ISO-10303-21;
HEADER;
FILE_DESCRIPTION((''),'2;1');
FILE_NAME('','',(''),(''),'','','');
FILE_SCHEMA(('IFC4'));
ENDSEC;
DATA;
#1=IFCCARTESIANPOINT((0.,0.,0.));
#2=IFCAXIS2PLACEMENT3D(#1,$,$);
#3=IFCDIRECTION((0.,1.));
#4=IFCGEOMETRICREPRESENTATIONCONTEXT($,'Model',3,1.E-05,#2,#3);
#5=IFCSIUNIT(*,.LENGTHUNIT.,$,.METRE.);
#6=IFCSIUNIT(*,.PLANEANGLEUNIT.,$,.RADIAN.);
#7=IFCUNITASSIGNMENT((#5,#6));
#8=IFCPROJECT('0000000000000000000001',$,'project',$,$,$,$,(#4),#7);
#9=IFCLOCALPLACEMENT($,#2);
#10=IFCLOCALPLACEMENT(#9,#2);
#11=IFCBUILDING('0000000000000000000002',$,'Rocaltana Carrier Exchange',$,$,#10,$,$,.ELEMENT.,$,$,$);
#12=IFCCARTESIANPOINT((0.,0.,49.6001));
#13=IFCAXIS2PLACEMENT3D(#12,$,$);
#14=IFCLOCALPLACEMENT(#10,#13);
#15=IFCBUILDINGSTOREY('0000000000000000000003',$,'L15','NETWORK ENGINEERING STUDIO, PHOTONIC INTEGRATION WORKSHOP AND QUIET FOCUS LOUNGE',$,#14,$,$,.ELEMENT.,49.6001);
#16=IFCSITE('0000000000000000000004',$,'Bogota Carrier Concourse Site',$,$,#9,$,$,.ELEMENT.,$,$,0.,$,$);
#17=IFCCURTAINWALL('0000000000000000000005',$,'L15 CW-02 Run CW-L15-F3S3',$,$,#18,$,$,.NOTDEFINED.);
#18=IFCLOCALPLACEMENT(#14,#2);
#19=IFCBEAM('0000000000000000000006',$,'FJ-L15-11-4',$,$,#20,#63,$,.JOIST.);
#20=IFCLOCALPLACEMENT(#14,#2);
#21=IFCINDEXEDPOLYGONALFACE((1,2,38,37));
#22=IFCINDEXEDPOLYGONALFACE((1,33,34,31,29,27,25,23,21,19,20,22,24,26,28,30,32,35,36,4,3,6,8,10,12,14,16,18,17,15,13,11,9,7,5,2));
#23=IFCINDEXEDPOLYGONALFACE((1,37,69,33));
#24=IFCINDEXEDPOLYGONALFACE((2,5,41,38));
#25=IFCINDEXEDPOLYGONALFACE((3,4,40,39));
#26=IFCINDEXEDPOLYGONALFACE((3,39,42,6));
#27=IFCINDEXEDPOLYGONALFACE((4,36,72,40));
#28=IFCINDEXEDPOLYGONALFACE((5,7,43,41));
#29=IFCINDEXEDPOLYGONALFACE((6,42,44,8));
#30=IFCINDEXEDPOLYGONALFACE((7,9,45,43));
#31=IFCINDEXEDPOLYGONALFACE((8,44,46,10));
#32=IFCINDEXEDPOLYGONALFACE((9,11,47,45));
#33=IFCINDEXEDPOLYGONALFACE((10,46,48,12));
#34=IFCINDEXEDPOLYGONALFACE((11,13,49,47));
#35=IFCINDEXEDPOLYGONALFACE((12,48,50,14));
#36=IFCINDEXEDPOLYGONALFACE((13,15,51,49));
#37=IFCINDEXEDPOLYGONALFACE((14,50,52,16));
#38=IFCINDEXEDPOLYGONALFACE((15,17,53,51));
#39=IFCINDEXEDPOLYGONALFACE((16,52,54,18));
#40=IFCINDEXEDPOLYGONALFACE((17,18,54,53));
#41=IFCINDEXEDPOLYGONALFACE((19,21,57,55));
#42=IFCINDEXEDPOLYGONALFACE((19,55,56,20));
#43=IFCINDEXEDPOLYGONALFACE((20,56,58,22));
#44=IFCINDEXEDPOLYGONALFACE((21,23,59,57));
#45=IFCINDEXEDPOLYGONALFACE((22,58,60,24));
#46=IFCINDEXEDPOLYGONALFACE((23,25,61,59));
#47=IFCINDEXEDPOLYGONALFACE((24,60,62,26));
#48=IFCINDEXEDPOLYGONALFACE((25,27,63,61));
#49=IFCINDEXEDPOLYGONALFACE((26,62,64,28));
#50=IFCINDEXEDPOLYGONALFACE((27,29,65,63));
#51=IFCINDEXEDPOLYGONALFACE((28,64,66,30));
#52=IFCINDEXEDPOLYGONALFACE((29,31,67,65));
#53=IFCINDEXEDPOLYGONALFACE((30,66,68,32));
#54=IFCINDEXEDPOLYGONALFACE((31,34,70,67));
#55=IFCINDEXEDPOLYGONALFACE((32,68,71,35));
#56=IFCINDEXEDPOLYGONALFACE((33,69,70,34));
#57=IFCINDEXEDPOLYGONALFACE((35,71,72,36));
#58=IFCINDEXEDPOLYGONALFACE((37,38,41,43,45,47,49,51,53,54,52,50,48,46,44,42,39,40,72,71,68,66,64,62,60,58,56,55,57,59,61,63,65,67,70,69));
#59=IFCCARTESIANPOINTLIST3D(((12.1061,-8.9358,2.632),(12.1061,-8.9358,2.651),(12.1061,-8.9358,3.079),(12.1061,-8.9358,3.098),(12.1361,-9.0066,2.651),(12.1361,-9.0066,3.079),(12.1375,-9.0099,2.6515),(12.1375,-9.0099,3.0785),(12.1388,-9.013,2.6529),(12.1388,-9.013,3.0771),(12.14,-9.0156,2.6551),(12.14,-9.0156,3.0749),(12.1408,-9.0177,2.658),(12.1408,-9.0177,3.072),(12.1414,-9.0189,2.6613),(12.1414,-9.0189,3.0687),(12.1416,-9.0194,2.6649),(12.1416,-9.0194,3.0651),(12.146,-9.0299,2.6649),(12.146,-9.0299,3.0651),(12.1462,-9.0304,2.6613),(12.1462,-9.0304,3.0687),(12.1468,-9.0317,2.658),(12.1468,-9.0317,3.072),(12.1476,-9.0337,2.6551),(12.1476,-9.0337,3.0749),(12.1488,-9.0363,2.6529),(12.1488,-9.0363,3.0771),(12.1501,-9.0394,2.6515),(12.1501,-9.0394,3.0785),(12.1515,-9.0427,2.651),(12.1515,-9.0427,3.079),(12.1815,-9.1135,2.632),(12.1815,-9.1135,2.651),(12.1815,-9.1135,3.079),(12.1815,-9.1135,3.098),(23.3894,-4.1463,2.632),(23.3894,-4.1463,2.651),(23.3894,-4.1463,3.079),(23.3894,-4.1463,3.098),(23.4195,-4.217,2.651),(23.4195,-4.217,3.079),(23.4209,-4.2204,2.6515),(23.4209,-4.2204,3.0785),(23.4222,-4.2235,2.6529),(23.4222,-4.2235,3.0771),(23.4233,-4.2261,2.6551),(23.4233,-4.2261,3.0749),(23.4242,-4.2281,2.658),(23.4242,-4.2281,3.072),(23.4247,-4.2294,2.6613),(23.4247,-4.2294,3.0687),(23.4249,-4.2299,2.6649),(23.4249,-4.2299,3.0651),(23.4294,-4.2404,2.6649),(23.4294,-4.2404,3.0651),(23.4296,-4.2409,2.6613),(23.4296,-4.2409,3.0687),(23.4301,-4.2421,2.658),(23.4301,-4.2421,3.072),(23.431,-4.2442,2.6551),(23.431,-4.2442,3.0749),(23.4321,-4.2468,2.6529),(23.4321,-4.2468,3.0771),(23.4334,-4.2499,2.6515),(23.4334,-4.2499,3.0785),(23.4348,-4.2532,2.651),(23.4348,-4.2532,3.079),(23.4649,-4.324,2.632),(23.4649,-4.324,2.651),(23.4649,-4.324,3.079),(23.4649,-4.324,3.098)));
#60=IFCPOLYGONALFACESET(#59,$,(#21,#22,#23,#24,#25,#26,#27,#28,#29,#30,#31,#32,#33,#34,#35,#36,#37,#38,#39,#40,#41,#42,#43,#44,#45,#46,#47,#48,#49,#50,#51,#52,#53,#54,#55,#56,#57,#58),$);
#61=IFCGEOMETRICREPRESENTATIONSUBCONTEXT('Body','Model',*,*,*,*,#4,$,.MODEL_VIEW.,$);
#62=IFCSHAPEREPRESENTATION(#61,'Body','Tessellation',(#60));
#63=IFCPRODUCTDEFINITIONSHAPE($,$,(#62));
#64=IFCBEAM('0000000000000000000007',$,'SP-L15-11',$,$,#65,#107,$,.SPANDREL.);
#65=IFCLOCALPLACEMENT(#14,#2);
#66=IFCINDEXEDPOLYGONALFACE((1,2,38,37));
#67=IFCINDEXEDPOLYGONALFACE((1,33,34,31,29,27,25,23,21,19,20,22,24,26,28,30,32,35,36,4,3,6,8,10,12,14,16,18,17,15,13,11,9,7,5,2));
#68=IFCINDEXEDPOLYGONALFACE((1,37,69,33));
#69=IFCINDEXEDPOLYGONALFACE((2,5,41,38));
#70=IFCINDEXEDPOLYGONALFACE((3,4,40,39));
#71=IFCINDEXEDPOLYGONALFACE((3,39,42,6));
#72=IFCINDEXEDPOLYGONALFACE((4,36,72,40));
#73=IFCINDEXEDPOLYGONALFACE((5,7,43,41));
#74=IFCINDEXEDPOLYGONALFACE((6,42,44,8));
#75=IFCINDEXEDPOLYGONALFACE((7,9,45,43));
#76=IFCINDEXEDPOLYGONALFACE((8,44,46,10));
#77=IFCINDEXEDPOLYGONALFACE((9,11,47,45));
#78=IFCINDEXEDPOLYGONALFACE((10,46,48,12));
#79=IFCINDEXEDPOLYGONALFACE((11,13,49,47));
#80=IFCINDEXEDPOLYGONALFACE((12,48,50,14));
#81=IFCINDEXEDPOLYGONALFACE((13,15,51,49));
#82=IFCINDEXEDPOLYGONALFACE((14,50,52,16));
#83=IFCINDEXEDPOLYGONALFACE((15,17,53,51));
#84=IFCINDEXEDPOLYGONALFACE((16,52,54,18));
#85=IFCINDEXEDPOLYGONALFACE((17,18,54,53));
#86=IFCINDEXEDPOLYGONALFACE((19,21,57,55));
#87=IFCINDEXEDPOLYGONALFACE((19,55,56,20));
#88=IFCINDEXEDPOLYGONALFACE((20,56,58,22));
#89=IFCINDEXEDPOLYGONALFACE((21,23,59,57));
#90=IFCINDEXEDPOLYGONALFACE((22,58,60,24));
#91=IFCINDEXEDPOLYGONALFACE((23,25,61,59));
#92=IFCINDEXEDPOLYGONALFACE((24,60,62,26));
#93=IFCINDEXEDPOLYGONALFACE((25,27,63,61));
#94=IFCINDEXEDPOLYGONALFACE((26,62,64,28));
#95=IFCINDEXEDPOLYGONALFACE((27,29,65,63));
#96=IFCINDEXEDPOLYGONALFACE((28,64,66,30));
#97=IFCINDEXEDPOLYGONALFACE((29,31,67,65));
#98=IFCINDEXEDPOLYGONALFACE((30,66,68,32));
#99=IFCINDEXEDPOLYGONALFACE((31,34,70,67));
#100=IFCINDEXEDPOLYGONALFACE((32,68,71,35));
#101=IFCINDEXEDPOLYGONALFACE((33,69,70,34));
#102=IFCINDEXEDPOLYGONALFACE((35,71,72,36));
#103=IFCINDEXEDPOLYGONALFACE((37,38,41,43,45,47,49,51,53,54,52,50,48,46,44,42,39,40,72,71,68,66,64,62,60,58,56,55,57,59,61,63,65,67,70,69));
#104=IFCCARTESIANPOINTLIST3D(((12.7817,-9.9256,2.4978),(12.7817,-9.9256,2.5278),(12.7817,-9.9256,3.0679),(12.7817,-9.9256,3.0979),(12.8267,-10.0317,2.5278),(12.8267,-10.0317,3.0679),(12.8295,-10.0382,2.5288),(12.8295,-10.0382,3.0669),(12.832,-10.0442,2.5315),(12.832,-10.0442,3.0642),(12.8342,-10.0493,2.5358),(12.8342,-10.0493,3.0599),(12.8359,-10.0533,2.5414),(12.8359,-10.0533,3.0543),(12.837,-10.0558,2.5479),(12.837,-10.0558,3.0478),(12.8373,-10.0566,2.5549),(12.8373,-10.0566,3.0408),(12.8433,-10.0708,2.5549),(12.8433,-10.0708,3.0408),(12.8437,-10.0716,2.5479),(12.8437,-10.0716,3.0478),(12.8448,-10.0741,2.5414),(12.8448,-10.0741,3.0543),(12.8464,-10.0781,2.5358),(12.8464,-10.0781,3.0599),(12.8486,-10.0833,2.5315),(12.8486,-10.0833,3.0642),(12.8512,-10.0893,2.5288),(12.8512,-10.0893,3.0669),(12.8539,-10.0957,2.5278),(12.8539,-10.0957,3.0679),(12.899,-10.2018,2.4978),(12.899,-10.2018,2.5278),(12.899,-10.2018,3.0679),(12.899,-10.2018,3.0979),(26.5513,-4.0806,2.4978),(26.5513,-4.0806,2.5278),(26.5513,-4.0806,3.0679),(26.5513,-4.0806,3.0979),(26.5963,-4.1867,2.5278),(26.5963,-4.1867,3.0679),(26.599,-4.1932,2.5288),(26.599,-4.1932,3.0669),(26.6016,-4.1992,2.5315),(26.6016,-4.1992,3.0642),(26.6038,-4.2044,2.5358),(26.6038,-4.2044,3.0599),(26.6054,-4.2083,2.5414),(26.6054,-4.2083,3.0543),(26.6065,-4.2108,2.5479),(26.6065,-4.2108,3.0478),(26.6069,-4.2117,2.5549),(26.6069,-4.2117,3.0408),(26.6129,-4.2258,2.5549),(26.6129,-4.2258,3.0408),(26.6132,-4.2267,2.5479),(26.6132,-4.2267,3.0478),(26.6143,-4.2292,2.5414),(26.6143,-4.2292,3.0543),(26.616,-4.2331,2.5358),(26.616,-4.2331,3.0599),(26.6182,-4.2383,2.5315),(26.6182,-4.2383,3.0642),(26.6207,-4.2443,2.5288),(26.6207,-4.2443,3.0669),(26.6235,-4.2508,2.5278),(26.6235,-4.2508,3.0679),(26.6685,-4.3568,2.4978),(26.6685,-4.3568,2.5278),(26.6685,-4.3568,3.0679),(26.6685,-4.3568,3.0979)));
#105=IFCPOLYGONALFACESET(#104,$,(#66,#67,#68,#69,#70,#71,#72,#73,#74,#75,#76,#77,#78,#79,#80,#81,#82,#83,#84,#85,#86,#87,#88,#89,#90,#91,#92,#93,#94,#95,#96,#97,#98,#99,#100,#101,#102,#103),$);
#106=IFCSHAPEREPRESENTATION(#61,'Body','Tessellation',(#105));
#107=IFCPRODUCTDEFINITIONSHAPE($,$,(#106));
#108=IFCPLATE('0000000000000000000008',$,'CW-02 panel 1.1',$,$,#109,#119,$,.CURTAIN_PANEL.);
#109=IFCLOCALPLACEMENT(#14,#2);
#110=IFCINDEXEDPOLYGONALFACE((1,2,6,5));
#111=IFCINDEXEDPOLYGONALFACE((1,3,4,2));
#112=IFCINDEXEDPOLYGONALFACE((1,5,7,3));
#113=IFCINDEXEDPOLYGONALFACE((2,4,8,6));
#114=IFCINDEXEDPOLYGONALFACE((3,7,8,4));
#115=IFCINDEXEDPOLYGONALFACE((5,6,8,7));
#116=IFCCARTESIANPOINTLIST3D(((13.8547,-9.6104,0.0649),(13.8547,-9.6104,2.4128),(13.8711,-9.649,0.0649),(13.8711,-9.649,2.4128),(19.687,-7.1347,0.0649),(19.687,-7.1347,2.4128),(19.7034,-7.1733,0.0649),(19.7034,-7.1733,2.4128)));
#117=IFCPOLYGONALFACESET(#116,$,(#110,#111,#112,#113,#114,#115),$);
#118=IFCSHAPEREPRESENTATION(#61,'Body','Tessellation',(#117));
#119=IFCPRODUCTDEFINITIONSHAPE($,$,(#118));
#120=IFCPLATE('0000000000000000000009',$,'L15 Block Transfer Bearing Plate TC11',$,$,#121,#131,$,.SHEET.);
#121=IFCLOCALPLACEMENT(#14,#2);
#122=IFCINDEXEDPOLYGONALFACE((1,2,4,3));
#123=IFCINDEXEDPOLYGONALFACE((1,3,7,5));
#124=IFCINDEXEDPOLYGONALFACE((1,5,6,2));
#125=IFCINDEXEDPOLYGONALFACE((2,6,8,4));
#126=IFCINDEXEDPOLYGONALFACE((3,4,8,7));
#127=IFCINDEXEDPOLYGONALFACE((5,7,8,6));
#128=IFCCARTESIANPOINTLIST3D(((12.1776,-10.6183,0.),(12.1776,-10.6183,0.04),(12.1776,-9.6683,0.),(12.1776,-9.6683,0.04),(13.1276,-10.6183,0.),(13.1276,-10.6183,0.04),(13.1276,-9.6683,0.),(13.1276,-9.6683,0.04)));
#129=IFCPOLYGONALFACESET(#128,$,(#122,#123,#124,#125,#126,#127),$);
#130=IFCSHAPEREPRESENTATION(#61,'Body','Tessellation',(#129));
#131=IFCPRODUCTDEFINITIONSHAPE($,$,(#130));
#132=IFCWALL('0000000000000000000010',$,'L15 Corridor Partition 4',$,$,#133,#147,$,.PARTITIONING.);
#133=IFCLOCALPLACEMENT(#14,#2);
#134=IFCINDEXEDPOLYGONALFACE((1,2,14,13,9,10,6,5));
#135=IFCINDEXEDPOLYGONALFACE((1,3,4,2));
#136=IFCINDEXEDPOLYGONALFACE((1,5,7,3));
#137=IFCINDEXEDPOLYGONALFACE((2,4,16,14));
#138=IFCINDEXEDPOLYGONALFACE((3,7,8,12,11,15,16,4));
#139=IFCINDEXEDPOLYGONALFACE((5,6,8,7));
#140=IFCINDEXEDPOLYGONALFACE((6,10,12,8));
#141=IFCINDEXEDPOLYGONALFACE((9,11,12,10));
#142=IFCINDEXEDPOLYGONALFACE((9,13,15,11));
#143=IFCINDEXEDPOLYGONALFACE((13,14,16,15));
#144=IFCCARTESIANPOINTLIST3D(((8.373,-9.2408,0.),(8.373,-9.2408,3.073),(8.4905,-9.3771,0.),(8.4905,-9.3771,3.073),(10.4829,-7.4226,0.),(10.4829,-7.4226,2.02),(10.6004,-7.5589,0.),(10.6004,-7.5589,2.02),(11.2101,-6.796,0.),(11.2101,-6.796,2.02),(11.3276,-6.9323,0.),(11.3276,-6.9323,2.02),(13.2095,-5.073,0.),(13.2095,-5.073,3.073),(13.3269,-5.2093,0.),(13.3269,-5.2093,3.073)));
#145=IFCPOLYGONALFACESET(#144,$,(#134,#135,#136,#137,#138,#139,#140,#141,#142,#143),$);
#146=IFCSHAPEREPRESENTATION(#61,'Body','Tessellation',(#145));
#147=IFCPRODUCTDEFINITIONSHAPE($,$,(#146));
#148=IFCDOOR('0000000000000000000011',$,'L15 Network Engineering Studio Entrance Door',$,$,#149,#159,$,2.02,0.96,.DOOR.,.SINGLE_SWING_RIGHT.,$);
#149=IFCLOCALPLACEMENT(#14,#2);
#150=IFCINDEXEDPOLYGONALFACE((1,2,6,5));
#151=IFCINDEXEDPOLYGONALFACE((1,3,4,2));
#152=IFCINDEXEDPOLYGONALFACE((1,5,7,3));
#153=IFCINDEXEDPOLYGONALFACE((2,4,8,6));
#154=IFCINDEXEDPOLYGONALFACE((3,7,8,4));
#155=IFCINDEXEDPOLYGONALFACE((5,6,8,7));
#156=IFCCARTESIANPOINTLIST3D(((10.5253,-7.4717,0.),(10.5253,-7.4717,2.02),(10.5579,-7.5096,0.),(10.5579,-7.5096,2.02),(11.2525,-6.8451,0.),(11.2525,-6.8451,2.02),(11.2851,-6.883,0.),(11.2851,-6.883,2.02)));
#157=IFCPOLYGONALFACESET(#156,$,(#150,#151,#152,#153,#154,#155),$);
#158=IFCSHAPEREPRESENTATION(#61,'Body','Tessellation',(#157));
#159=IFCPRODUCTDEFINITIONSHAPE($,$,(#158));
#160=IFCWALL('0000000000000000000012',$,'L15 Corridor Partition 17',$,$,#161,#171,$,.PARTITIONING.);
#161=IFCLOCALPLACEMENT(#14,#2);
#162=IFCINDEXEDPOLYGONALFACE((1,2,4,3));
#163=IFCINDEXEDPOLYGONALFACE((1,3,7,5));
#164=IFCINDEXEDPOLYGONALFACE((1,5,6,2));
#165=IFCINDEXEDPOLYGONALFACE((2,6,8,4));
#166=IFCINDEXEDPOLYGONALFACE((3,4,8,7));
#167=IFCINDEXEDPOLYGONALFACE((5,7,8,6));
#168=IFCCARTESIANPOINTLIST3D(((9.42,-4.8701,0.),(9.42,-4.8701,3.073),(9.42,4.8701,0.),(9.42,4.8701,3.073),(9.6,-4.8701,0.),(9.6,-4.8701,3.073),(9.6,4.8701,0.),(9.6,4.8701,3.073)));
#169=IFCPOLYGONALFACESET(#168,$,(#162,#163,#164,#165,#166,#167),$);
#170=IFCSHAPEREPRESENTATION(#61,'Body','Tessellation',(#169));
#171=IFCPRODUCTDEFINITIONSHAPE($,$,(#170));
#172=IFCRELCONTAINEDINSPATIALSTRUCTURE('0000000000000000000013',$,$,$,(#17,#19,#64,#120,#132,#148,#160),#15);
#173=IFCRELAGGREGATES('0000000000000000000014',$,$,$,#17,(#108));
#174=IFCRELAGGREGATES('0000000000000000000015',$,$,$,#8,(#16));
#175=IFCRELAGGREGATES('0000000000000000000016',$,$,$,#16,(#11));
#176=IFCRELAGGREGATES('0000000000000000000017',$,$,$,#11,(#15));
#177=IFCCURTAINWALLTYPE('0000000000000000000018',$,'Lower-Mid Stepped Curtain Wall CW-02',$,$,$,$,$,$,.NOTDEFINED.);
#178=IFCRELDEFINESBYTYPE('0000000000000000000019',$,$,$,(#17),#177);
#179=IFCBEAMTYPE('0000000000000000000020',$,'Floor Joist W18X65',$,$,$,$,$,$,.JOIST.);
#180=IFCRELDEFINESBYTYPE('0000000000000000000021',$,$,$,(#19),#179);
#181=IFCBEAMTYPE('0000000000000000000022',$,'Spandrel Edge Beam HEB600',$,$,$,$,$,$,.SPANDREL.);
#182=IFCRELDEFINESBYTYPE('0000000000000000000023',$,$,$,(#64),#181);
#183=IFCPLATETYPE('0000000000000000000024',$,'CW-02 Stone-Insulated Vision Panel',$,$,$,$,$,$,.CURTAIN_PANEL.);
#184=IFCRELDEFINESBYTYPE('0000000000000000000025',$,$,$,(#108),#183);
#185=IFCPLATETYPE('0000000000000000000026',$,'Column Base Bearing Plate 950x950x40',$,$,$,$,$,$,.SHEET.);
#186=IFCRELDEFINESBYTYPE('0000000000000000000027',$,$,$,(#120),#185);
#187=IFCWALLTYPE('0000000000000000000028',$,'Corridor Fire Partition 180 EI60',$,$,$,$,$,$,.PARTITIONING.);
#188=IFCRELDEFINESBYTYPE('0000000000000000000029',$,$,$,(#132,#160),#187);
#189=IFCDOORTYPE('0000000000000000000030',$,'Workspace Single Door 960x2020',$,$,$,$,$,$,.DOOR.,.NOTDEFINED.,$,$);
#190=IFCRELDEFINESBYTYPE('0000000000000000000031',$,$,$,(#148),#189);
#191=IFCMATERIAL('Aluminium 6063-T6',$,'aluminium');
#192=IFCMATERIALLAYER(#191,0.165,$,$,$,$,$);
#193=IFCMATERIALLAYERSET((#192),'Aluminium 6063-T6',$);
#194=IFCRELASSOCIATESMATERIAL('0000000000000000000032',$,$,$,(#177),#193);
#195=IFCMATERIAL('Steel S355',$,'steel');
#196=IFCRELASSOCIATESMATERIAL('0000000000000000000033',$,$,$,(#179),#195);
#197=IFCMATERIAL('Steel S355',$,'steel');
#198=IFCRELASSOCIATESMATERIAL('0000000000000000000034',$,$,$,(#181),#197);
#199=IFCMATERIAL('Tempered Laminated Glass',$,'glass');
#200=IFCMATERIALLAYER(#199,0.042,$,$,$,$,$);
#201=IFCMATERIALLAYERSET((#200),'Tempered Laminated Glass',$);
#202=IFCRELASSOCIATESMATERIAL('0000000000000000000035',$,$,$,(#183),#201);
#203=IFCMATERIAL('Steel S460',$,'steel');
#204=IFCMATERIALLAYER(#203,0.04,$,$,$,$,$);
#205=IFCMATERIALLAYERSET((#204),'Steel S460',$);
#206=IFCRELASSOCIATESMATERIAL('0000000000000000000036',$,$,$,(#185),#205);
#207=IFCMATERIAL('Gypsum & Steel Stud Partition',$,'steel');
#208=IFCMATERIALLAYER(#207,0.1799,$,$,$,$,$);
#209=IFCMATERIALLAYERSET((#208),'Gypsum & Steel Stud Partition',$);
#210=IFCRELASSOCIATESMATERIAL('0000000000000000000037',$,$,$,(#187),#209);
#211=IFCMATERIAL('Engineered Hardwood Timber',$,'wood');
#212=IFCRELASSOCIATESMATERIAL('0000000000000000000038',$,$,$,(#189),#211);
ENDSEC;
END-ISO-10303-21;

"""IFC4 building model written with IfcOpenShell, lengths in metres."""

from ifc_helpers import new_model, si_unit, direction, frame, frame_2d, origin, origin_2d, place, context, subcontext, project, spatial, rectangle, i_section, extrude, material, layer, layer_set, material_profile, profile_set, type_object, element, fill, aggregate, save


model = new_model("IFC4")

# Units and contexts
model_context = context("Model", 3, precision=1e-05, world=origin(), true_north=direction((0.0, 1.0)))
body_context = subcontext(model_context, "Body", "Model", "MODEL_VIEW")
ifc_project = project(units=[si_unit("LENGTHUNIT", "METRE"), si_unit("PLANEANGLEUNIT", "RADIAN")], contexts=[model_context])

# Site, building, storey
site_placement = place(None, origin())
site = spatial("IfcSite", under=ifc_project, at=site_placement, Name="Bogota Carrier Concourse Site", CompositionType="ELEMENT", RefElevation=0.0)
building_placement = place(site_placement, origin())
building = spatial("IfcBuilding", under=site, at=building_placement, Name="Rocaltana Carrier Exchange", CompositionType="ELEMENT")
storey_placement = place(building_placement, frame((0.0, 0.0, 49.6001)))
storey = spatial("IfcBuildingStorey", under=building, at=storey_placement, Name="L15", Description="NETWORK ENGINEERING STUDIO, PHOTONIC INTEGRATION WORKSHOP AND QUIET FOCUS LOUNGE", CompositionType="ELEMENT", Elevation=49.6001)

# Shared definitions
ifc_material_1 = material(Name="Aluminium 6063-T6", Category="aluminium")
ifc_layer_1 = layer(ifc_material_1, 0.165)
ifc_layer_set_1 = layer_set([ifc_layer_1], Name="Aluminium 6063-T6")
curtain_wall_type = type_object("IfcCurtainWallType", Name="Lower-Mid Stepped Curtain Wall CW-02", PredefinedType="NOTDEFINED", material=ifc_layer_set_1)

# Curtain wall
curtain_wall_1_placement = place(storey_placement, origin())
curtain_wall_1 = element("IfcCurtainWall", 1, at=curtain_wall_1_placement, inside=storey, type_object=curtain_wall_type, Name="L15 CW-02 Run CW-L15-F3S3", PredefinedType="NOTDEFINED")

# Beams
ifc_material_2 = material(Name="Steel S355", Category="steel")
ifc_material_profile_1 = material_profile(ifc_material_2, i_section(OverallWidth=0.1931, OverallDepth=0.4661, WebThickness=0.0115, FlangeThickness=0.019, FilletRadius=0.0139, at=origin_2d()), Name="W18X65")
ifc_profile_set_1 = profile_set([ifc_material_profile_1], Name="Steel S355")
beam_type_1 = type_object("IfcBeamType", Name="Floor Joist W18X65", PredefinedType="JOIST", material=ifc_profile_set_1)
beam_1_placement = place(storey_placement, frame((12.1438, -9.0247, 2.865), z_axis=(0.920505, 0.390732, 0.0), x_axis=(-0.390732, 0.920505, 0.0)))
element("IfcBeam", 2, at=beam_1_placement, inside=storey, type_object=beam_type_1, Name="FJ-L15-11-4", PredefinedType="JOIST", context=body_context, shape_type="SweptSolid", body=[
    extrude(i_section(OverallWidth=0.1931, OverallDepth=0.4661, WebThickness=0.0115, FlangeThickness=0.019, FilletRadius=0.0139, at=origin_2d()), origin(), (0.0, 0.0, 1.0), 12.2578),
])
ifc_material_3 = material(Name="Steel S355", Category="steel")
ifc_material_profile_2 = material_profile(ifc_material_3, i_section(OverallWidth=0.3, OverallDepth=0.6001, WebThickness=0.0154, FlangeThickness=0.03, FilletRadius=0.0271, at=origin_2d()), Name="HEB600")
ifc_profile_set_2 = profile_set([ifc_material_profile_2], Name="Steel S355")
beam_type_2 = type_object("IfcBeamType", Name="Spandrel Edge Beam HEB600", PredefinedType="SPANDREL", material=ifc_profile_set_2)
beam_2_placement = place(storey_placement, frame((12.8403, -10.0637, 2.7979), z_axis=(0.920501, 0.39074, 0.0), x_axis=(-0.39074, 0.920501, 0.0)))
element("IfcBeam", 3, at=beam_2_placement, inside=storey, type_object=beam_type_2, Name="SP-L15-11", PredefinedType="SPANDREL", context=body_context, shape_type="SweptSolid", body=[
    extrude(i_section(OverallWidth=0.3, OverallDepth=0.6001, WebThickness=0.0154, FlangeThickness=0.03, FilletRadius=0.0271, at=origin_2d()), origin(), (0.0, 0.0, 1.0), 14.9587),
])

# Plates
ifc_material_4 = material(Name="Tempered Laminated Glass", Category="glass")
ifc_layer_2 = layer(ifc_material_4, 0.042)
ifc_layer_set_2 = layer_set([ifc_layer_2], Name="Tempered Laminated Glass")
plate_type_1 = type_object("IfcPlateType", Name="CW-02 Stone-Insulated Vision Panel", PredefinedType="CURTAIN_PANEL", material=ifc_layer_set_2)
plate_1_placement = place(storey_placement, frame((16.7791, -8.3918, 0.0649), z_axis=(0.0, 0.0, 1.0), x_axis=(0.920503, 0.390735, 0.0)))
plate_1 = element("IfcPlate", 4, at=plate_1_placement, type_object=plate_type_1, Name="CW-02 panel 1.1", PredefinedType="CURTAIN_PANEL", context=body_context, shape_type="SweptSolid", body=[
    extrude(rectangle(XDim=6.3359, YDim=0.042, at=origin_2d()), origin(), (0.0, 0.0, 1.0), 2.3479),
])
aggregate(curtain_wall_1, [plate_1])
ifc_material_5 = material(Name="Steel S460", Category="steel")
ifc_layer_3 = layer(ifc_material_5, 0.04)
ifc_layer_set_3 = layer_set([ifc_layer_3], Name="Steel S460")
plate_type_2 = type_object("IfcPlateType", Name="Column Base Bearing Plate 950x950x40", PredefinedType="SHEET", material=ifc_layer_set_3)
plate_2_placement = place(storey_placement, frame((12.6526, -10.1433, 0.0), z_axis=(0.0, 0.0, 1.0), x_axis=(1.0, 0.0, 0.0)))
element("IfcPlate", 5, at=plate_2_placement, inside=storey, type_object=plate_type_2, Name="L15 Block Transfer Bearing Plate TC11", PredefinedType="SHEET", context=body_context, shape_type="SweptSolid", body=[
    extrude(rectangle(XDim=0.95, YDim=0.95, at=origin_2d()), origin(), (0.0, 0.0, 1.0), 0.04),
])

# Wall, opening, door
ifc_material_6 = material(Name="Gypsum & Steel Stud Partition", Category="steel")
ifc_layer_4 = layer(ifc_material_6, 0.1799)
ifc_layer_set_4 = layer_set([ifc_layer_4], Name="Gypsum & Steel Stud Partition")
wall_type_1 = type_object("IfcWallType", Name="Corridor Fire Partition 180 EI60", PredefinedType="PARTITIONING", material=ifc_layer_set_4)
wall_1_placement = place(storey_placement, frame((13.2683, -5.1411, 0.0), z_axis=(0.0, 0.0, 1.0), x_axis=(-0.757535, -0.652795, 0.0)))
wall_1 = element("IfcWall", 6, at=wall_1_placement, inside=storey, type_object=wall_type_1, Name="L15 Corridor Partition 4", PredefinedType="PARTITIONING", context=body_context, shape_type="SweptSolid", body=[
    extrude(rectangle(XDim=6.3845, YDim=0.1799, at=frame_2d((3.1924, 0.0))), origin(), (0.0, 0.0, 1.0), 3.073),
])
opening_placement = place(wall_1_placement, frame((2.6394, 0.0, 0.0)))
opening = element("IfcOpeningElement", 7, at=opening_placement, cuts=wall_1, PredefinedType="OPENING", context=body_context, shape_type="SweptSolid", body=[
    extrude(rectangle(XDim=0.96, YDim=2.02, at=frame_2d((0.48, 1.01))), frame((0.0, 0.0999, 0.0), z_axis=(0.0, -1.0, 0.0), x_axis=(1.0, 0.0, 0.0)), (0.0, 0.0, 1.0), 0.2),
])
ifc_material_7 = material(Name="Engineered Hardwood Timber", Category="wood")
door_type = type_object("IfcDoorType", Name="Workspace Single Door 960x2020", OperationType="NOTDEFINED", PredefinedType="DOOR", material=ifc_material_7)
door_placement = place(opening_placement, origin())
door = element("IfcDoor", 8, at=door_placement, inside=storey, type_object=door_type, Name="L15 Network Engineering Studio Entrance Door", OperationType="SINGLE_SWING_RIGHT", OverallHeight=2.02, OverallWidth=0.96, PredefinedType="DOOR", context=body_context, shape_type="SweptSolid", body=[
    extrude(rectangle(XDim=0.96, YDim=2.02, at=frame_2d((0.48, 1.01))), frame((0.0, 0.0249, 0.0), z_axis=(0.0, -1.0, 0.0), x_axis=(1.0, 0.0, 0.0)), (0.0, 0.0, 1.0), 0.05),
])
fill(opening, door)

# Wall
wall_2_placement = place(storey_placement, frame((9.51, -4.8701, 0.0), z_axis=(0.0, 0.0, 1.0), x_axis=(0.0, 1.0, 0.0)))
element("IfcWall", 9, at=wall_2_placement, inside=storey, type_object=wall_type_1, Name="L15 Corridor Partition 17", PredefinedType="PARTITIONING", context=body_context, shape_type="SweptSolid", body=[
    extrude(rectangle(XDim=9.7402, YDim=0.1799, at=frame_2d((4.8701, 0.0))), origin(), (0.0, 0.0, 1.0), 3.073),
])

save(model, "model.ifc")
